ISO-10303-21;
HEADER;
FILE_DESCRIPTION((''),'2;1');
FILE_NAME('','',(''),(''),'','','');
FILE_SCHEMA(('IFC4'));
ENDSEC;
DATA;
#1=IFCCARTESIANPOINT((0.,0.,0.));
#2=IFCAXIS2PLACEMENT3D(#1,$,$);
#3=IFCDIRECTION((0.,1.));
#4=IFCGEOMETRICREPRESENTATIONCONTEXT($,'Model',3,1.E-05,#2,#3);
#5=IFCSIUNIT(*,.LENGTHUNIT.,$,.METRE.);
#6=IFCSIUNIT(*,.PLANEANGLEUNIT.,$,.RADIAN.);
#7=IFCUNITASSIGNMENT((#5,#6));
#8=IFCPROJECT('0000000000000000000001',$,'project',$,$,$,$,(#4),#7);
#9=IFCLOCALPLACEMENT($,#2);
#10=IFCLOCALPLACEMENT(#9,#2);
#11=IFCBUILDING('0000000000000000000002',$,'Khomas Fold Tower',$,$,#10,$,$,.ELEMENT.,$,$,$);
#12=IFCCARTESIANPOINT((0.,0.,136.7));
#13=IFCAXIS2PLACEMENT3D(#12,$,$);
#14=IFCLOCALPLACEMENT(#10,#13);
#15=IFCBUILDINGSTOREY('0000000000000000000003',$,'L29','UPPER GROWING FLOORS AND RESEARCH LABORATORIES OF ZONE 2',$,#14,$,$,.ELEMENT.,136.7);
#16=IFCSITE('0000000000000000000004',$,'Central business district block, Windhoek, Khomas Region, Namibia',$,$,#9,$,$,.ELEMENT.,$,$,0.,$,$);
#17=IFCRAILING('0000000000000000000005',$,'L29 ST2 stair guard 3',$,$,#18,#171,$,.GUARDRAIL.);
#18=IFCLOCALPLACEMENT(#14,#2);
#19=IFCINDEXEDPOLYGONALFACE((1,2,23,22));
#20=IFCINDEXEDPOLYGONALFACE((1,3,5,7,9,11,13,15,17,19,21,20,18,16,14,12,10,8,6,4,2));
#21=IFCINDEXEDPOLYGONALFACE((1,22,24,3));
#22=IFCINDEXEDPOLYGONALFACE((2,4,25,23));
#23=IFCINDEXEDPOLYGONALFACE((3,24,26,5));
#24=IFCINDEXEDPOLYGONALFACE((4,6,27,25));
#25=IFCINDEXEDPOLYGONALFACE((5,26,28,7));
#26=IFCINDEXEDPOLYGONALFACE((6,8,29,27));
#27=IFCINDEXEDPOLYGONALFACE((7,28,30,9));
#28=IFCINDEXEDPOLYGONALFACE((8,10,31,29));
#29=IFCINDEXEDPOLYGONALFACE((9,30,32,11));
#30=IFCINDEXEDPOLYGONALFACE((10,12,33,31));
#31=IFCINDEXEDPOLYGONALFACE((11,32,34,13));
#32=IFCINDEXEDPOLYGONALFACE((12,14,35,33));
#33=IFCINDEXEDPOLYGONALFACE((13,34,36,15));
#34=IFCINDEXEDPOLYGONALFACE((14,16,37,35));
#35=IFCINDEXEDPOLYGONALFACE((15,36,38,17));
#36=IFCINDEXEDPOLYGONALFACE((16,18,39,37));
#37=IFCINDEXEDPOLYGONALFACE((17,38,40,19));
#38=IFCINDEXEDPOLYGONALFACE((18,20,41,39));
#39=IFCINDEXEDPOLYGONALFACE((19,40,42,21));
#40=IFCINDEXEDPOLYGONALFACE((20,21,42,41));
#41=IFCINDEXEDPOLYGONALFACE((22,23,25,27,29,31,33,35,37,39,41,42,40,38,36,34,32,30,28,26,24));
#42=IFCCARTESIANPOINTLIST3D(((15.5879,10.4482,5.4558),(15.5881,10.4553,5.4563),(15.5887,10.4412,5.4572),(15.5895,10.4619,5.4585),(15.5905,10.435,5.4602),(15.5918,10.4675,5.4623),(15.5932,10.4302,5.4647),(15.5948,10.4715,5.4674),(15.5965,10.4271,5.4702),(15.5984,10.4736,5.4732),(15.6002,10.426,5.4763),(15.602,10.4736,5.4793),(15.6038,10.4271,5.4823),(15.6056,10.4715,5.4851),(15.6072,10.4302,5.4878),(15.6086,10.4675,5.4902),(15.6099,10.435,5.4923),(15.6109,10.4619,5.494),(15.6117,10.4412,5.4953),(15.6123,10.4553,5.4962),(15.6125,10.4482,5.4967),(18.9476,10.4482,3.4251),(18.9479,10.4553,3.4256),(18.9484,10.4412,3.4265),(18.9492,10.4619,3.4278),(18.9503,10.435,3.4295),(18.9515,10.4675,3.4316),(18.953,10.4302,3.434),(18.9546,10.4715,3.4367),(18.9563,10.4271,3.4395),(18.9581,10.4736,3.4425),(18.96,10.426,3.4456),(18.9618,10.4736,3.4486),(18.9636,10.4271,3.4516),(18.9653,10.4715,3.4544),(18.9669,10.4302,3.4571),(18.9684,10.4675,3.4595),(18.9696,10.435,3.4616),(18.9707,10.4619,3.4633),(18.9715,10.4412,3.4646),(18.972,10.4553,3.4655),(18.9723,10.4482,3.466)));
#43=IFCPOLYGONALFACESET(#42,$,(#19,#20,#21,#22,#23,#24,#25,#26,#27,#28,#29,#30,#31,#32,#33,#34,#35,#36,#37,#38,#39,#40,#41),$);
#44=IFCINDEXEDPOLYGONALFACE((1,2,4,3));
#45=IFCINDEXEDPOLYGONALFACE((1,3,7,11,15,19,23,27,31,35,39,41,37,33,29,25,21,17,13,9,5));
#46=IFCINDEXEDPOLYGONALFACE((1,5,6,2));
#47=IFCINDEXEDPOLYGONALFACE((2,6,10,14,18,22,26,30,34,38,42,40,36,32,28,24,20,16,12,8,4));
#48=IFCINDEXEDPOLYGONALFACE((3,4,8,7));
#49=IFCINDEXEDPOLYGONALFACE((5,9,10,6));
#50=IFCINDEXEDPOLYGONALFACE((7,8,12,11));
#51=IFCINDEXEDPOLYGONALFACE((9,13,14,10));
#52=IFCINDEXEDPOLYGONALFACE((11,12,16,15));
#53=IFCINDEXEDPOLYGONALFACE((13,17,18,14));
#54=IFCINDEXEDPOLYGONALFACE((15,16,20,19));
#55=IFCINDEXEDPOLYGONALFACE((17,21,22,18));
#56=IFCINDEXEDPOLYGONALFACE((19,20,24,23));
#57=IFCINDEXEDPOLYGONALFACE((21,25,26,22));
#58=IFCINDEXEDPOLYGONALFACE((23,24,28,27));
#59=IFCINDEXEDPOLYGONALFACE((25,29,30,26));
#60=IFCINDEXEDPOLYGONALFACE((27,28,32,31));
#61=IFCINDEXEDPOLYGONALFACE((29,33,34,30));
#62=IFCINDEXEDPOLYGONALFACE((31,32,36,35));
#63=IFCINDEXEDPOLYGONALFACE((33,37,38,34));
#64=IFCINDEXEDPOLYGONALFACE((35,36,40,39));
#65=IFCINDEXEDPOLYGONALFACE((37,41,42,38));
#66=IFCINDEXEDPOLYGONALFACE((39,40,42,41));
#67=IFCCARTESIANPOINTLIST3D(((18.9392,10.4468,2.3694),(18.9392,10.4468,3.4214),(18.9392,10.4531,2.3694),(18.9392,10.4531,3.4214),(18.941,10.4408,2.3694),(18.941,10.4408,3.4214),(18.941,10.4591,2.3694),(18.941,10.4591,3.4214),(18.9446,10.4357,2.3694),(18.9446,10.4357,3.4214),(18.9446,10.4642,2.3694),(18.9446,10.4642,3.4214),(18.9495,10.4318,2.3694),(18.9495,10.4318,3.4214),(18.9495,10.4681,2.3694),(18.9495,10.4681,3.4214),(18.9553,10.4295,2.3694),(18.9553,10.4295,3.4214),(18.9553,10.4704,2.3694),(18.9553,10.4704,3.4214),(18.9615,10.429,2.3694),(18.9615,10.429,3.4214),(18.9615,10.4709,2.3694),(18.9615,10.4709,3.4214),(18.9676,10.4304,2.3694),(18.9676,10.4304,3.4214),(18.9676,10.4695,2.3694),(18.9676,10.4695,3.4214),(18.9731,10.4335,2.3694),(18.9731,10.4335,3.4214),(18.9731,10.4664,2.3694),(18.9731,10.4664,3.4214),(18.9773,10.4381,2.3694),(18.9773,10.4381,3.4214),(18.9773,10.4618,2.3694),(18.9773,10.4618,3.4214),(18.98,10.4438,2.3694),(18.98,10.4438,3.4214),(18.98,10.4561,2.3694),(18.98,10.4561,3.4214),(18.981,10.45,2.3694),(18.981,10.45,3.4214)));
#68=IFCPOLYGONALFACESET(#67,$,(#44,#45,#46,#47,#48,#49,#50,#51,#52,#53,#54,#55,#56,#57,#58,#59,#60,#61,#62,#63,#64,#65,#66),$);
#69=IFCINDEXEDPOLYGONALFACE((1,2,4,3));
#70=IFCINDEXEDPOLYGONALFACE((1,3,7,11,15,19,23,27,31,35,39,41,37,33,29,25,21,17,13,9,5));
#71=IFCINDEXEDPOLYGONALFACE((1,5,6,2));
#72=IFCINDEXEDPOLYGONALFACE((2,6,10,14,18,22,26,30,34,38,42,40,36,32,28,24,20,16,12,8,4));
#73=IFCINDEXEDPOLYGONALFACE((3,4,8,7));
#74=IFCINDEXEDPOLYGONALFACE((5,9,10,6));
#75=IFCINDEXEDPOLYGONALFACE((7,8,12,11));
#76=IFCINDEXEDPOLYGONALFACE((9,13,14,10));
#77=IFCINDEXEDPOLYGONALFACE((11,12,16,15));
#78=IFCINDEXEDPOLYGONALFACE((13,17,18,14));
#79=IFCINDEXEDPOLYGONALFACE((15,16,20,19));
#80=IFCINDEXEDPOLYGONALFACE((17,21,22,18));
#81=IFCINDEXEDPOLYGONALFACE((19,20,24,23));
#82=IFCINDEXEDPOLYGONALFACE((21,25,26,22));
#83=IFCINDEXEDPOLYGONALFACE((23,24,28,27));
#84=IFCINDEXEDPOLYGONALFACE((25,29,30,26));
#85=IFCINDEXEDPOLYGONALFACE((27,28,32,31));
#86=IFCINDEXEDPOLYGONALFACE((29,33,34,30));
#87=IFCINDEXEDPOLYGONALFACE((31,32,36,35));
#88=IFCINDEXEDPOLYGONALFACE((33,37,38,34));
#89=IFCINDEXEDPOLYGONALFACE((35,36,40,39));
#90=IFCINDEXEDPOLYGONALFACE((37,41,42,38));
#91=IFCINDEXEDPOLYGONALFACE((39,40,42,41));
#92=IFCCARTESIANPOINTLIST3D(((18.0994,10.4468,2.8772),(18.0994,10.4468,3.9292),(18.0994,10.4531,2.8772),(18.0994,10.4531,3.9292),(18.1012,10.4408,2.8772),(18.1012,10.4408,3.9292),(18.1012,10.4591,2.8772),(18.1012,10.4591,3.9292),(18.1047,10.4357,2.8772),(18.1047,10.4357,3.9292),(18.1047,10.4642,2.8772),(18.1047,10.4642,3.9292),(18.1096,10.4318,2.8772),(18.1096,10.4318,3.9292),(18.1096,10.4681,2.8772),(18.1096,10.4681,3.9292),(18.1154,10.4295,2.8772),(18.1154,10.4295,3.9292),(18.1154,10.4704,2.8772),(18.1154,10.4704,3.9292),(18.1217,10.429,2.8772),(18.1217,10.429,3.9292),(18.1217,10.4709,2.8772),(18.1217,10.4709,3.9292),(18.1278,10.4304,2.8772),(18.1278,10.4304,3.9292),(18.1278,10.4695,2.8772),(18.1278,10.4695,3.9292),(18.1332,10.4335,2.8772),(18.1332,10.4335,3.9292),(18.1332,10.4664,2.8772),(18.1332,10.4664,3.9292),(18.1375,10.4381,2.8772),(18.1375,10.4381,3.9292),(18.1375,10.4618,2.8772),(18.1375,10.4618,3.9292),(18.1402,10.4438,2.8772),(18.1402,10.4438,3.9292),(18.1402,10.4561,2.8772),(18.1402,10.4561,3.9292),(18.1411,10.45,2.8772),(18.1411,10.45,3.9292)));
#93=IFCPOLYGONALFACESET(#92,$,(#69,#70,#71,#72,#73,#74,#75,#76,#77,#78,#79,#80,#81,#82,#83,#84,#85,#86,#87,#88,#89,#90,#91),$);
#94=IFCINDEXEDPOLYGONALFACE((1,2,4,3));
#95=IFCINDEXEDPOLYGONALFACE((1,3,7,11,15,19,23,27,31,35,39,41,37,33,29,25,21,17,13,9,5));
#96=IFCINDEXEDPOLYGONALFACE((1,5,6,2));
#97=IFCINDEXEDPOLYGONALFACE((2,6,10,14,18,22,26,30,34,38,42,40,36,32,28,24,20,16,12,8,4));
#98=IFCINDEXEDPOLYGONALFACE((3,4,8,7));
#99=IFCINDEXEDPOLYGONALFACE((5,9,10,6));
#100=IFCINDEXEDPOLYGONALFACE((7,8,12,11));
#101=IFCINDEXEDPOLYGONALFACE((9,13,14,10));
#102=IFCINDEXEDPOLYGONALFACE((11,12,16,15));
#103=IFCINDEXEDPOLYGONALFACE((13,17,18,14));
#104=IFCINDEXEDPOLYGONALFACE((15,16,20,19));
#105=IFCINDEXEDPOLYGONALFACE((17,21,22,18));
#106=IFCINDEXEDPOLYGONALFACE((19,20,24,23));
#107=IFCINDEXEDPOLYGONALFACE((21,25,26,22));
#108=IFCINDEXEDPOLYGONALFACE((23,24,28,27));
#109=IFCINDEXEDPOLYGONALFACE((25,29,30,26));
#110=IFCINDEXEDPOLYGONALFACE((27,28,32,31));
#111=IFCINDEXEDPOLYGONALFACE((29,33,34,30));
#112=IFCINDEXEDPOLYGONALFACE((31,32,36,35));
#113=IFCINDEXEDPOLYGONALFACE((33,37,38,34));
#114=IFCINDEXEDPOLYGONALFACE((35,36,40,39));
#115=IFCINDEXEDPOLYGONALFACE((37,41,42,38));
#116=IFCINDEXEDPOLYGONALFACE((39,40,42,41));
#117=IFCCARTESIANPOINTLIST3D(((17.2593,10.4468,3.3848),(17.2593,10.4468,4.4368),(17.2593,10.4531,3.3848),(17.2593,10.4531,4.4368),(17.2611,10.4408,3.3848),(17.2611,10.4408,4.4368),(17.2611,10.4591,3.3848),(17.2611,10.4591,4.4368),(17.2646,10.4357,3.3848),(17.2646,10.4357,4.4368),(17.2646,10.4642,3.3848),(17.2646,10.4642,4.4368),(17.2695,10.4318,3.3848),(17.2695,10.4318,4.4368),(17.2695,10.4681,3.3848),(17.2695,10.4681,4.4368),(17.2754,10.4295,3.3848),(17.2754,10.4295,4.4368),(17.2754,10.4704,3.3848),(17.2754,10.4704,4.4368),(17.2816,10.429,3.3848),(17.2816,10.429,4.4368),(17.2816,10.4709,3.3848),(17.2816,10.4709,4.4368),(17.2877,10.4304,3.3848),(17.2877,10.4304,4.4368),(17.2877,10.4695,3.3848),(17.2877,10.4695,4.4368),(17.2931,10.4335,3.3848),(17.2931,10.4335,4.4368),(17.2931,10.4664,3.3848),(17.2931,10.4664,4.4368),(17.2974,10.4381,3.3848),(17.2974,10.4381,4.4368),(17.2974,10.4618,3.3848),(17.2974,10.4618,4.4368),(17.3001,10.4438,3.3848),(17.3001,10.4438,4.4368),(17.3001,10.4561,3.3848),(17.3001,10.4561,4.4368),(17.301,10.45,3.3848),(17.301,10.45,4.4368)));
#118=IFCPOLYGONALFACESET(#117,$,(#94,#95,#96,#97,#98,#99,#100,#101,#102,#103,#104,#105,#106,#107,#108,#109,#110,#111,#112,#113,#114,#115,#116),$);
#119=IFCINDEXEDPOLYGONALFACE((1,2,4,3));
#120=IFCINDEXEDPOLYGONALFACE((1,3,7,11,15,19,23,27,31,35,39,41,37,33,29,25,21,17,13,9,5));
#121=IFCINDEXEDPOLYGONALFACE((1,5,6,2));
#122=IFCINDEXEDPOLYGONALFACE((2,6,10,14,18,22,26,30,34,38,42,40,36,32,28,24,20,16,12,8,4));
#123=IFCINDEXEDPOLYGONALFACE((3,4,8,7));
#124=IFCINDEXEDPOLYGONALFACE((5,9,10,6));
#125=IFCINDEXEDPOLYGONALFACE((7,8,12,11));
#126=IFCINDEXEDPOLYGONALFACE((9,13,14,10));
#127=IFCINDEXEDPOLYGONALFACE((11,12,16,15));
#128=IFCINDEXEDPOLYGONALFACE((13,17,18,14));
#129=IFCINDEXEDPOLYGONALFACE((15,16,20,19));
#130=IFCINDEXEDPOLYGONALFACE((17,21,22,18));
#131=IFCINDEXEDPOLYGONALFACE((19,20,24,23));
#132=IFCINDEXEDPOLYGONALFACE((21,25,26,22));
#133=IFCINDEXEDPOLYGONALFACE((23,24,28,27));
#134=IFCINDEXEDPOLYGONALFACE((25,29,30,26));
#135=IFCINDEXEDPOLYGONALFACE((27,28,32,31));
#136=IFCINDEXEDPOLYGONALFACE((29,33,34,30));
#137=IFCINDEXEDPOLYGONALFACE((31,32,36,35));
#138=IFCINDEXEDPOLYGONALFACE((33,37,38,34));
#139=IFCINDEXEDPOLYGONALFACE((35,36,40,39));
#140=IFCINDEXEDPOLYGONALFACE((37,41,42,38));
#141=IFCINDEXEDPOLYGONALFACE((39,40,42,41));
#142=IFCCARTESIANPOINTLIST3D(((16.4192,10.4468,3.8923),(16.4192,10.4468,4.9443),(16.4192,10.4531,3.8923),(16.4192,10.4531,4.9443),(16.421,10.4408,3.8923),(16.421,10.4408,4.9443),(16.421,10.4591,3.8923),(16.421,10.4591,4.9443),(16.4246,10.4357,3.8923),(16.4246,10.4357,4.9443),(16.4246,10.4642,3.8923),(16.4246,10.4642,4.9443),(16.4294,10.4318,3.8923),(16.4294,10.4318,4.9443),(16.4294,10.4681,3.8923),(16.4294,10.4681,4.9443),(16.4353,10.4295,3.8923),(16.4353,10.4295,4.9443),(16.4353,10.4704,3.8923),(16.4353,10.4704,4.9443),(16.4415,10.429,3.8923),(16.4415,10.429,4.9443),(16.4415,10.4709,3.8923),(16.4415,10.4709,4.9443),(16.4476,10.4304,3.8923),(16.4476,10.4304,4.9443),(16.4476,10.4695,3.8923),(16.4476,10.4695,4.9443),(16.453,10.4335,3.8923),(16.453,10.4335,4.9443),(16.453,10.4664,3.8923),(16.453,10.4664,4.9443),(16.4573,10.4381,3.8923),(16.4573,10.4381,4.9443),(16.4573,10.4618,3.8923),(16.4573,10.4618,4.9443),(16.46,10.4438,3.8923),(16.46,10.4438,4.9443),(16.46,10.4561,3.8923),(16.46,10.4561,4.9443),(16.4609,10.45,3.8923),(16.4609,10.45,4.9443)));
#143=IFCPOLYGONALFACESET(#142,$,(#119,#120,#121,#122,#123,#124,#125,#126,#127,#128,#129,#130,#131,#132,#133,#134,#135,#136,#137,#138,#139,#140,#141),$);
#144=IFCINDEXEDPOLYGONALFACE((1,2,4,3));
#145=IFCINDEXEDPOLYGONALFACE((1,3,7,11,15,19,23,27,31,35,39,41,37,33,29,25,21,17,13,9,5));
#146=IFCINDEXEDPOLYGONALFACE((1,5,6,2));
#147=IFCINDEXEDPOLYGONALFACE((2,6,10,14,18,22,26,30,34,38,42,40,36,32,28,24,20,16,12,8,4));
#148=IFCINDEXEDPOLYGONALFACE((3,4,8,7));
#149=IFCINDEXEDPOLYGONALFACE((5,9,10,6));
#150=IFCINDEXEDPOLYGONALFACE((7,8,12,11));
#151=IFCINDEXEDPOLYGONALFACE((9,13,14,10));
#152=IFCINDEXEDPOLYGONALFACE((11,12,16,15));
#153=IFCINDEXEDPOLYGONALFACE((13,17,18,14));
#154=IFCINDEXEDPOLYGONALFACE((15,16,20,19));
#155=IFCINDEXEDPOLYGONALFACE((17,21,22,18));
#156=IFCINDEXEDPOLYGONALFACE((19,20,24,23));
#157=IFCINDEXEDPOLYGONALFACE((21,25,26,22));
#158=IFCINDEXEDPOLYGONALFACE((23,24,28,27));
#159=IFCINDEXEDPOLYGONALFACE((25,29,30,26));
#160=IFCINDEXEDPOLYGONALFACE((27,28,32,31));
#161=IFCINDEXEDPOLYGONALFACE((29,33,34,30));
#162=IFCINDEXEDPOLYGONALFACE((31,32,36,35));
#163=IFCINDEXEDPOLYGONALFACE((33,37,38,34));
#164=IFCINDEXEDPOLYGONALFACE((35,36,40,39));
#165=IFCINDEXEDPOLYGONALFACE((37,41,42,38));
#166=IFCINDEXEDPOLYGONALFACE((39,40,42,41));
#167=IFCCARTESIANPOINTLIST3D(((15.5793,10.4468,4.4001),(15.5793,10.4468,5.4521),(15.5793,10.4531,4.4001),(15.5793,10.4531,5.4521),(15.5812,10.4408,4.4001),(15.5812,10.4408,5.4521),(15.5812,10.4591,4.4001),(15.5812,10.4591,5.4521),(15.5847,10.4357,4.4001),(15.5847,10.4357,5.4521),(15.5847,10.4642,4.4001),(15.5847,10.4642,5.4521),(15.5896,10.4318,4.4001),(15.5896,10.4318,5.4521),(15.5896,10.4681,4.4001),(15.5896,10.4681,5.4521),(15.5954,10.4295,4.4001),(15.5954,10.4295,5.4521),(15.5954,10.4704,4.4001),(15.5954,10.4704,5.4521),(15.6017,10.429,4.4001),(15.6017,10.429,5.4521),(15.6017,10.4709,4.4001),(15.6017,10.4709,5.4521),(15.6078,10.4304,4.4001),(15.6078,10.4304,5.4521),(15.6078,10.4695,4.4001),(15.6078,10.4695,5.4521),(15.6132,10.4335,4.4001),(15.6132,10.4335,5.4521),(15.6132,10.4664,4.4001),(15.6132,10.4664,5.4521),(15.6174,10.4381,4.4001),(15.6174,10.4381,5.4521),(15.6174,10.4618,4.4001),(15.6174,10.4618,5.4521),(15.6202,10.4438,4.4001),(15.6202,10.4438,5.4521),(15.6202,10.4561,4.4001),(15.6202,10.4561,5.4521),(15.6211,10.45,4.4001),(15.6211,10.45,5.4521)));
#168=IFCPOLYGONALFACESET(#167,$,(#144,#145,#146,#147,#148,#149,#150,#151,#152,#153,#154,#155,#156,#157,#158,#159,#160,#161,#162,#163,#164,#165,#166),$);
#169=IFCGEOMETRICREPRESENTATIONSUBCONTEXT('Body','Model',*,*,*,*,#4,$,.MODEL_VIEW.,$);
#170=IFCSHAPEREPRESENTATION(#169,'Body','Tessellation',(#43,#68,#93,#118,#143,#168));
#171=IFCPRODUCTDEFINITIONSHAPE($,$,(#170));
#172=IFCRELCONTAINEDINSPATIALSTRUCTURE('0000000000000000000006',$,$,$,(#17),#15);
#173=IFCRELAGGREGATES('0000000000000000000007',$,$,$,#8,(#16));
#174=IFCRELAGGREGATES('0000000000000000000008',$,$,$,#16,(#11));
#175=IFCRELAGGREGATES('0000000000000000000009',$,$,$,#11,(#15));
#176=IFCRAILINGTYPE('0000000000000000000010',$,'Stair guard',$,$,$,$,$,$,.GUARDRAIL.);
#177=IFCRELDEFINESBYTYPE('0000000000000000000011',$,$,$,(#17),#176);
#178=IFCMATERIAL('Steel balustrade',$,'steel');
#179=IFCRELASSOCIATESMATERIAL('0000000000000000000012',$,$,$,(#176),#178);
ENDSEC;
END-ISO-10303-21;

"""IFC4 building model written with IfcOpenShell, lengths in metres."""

from ifc_helpers import new_model, si_unit, direction, frame, origin, origin_2d, place, context, subcontext, project, spatial, circle, extrude, source, transform, mapped, material, type_object, element, save


model = new_model("IFC4")

# Units and contexts
model_context = context("Model", 3, precision=1e-05, world=origin(), true_north=direction((0.0, 1.0)))
body_context = subcontext(model_context, "Body", "Model", "MODEL_VIEW")
ifc_project = project(units=[si_unit("LENGTHUNIT", "METRE"), si_unit("PLANEANGLEUNIT", "RADIAN")], contexts=[model_context])

# Site, building, storey
site_placement = place(None, origin())
site = spatial("IfcSite", under=ifc_project, at=site_placement, Name="Central business district block, Windhoek, Khomas Region, Namibia", CompositionType="ELEMENT", RefElevation=0.0)
building_placement = place(site_placement, origin())
building = spatial("IfcBuilding", under=site, at=building_placement, Name="Khomas Fold Tower", CompositionType="ELEMENT")
storey_placement = place(building_placement, frame((0.0, 0.0, 136.7)))
storey = spatial("IfcBuildingStorey", under=building, at=storey_placement, Name="L29", Description="UPPER GROWING FLOORS AND RESEARCH LABORATORIES OF ZONE 2", CompositionType="ELEMENT", Elevation=136.7)

# Railing
ifc_material_1 = material(Name="Steel balustrade", Category="steel")
railing_type_1 = type_object("IfcRailingType", Name="Stair guard", PredefinedType="GUARDRAIL", material=ifc_material_1)
shared_shape_1 = source(origin(), body_context, "Body", "SweptSolid", [
    extrude(circle(Radius=0.0239, at=origin_2d()), frame((0.0, 0.0, 1.0762), z_axis=(-0.85582, 0.0, 0.517273), x_axis=(0.0, -1.0, 0.0)), (0.0, 0.0, 1.0), 3.9258),
    extrude(circle(Radius=0.021, at=origin_2d()), origin(), (0.0, 0.0, 1.0), 1.052),
    extrude(circle(Radius=0.021, at=origin_2d()), frame((-0.8398, 0.0, 0.5078)), (0.0, 0.0, 1.0), 1.052),
    extrude(circle(Radius=0.021, at=origin_2d()), frame((-1.6799, 0.0, 1.0154)), (0.0, 0.0, 1.0), 1.052),
    extrude(circle(Radius=0.021, at=origin_2d()), frame((-2.52, 0.0, 1.5229)), (0.0, 0.0, 1.0), 1.052),
    extrude(circle(Radius=0.021, at=origin_2d()), frame((-3.3599, 0.0, 2.0308)), (0.0, 0.0, 1.0), 1.052),
])
railing_1_placement = place(storey_placement, frame((18.96, 10.45, 2.3694)))
element("IfcRailing", 1, at=railing_1_placement, inside=storey, type_object=railing_type_1, Name="L29 ST2 stair guard 3", PredefinedType="GUARDRAIL", context=body_context, shape_type="MappedRepresentation", body=[
    mapped(shared_shape_1, transform((0.0, 0.0, 0.0))),
])

save(model, "model.ifc")
